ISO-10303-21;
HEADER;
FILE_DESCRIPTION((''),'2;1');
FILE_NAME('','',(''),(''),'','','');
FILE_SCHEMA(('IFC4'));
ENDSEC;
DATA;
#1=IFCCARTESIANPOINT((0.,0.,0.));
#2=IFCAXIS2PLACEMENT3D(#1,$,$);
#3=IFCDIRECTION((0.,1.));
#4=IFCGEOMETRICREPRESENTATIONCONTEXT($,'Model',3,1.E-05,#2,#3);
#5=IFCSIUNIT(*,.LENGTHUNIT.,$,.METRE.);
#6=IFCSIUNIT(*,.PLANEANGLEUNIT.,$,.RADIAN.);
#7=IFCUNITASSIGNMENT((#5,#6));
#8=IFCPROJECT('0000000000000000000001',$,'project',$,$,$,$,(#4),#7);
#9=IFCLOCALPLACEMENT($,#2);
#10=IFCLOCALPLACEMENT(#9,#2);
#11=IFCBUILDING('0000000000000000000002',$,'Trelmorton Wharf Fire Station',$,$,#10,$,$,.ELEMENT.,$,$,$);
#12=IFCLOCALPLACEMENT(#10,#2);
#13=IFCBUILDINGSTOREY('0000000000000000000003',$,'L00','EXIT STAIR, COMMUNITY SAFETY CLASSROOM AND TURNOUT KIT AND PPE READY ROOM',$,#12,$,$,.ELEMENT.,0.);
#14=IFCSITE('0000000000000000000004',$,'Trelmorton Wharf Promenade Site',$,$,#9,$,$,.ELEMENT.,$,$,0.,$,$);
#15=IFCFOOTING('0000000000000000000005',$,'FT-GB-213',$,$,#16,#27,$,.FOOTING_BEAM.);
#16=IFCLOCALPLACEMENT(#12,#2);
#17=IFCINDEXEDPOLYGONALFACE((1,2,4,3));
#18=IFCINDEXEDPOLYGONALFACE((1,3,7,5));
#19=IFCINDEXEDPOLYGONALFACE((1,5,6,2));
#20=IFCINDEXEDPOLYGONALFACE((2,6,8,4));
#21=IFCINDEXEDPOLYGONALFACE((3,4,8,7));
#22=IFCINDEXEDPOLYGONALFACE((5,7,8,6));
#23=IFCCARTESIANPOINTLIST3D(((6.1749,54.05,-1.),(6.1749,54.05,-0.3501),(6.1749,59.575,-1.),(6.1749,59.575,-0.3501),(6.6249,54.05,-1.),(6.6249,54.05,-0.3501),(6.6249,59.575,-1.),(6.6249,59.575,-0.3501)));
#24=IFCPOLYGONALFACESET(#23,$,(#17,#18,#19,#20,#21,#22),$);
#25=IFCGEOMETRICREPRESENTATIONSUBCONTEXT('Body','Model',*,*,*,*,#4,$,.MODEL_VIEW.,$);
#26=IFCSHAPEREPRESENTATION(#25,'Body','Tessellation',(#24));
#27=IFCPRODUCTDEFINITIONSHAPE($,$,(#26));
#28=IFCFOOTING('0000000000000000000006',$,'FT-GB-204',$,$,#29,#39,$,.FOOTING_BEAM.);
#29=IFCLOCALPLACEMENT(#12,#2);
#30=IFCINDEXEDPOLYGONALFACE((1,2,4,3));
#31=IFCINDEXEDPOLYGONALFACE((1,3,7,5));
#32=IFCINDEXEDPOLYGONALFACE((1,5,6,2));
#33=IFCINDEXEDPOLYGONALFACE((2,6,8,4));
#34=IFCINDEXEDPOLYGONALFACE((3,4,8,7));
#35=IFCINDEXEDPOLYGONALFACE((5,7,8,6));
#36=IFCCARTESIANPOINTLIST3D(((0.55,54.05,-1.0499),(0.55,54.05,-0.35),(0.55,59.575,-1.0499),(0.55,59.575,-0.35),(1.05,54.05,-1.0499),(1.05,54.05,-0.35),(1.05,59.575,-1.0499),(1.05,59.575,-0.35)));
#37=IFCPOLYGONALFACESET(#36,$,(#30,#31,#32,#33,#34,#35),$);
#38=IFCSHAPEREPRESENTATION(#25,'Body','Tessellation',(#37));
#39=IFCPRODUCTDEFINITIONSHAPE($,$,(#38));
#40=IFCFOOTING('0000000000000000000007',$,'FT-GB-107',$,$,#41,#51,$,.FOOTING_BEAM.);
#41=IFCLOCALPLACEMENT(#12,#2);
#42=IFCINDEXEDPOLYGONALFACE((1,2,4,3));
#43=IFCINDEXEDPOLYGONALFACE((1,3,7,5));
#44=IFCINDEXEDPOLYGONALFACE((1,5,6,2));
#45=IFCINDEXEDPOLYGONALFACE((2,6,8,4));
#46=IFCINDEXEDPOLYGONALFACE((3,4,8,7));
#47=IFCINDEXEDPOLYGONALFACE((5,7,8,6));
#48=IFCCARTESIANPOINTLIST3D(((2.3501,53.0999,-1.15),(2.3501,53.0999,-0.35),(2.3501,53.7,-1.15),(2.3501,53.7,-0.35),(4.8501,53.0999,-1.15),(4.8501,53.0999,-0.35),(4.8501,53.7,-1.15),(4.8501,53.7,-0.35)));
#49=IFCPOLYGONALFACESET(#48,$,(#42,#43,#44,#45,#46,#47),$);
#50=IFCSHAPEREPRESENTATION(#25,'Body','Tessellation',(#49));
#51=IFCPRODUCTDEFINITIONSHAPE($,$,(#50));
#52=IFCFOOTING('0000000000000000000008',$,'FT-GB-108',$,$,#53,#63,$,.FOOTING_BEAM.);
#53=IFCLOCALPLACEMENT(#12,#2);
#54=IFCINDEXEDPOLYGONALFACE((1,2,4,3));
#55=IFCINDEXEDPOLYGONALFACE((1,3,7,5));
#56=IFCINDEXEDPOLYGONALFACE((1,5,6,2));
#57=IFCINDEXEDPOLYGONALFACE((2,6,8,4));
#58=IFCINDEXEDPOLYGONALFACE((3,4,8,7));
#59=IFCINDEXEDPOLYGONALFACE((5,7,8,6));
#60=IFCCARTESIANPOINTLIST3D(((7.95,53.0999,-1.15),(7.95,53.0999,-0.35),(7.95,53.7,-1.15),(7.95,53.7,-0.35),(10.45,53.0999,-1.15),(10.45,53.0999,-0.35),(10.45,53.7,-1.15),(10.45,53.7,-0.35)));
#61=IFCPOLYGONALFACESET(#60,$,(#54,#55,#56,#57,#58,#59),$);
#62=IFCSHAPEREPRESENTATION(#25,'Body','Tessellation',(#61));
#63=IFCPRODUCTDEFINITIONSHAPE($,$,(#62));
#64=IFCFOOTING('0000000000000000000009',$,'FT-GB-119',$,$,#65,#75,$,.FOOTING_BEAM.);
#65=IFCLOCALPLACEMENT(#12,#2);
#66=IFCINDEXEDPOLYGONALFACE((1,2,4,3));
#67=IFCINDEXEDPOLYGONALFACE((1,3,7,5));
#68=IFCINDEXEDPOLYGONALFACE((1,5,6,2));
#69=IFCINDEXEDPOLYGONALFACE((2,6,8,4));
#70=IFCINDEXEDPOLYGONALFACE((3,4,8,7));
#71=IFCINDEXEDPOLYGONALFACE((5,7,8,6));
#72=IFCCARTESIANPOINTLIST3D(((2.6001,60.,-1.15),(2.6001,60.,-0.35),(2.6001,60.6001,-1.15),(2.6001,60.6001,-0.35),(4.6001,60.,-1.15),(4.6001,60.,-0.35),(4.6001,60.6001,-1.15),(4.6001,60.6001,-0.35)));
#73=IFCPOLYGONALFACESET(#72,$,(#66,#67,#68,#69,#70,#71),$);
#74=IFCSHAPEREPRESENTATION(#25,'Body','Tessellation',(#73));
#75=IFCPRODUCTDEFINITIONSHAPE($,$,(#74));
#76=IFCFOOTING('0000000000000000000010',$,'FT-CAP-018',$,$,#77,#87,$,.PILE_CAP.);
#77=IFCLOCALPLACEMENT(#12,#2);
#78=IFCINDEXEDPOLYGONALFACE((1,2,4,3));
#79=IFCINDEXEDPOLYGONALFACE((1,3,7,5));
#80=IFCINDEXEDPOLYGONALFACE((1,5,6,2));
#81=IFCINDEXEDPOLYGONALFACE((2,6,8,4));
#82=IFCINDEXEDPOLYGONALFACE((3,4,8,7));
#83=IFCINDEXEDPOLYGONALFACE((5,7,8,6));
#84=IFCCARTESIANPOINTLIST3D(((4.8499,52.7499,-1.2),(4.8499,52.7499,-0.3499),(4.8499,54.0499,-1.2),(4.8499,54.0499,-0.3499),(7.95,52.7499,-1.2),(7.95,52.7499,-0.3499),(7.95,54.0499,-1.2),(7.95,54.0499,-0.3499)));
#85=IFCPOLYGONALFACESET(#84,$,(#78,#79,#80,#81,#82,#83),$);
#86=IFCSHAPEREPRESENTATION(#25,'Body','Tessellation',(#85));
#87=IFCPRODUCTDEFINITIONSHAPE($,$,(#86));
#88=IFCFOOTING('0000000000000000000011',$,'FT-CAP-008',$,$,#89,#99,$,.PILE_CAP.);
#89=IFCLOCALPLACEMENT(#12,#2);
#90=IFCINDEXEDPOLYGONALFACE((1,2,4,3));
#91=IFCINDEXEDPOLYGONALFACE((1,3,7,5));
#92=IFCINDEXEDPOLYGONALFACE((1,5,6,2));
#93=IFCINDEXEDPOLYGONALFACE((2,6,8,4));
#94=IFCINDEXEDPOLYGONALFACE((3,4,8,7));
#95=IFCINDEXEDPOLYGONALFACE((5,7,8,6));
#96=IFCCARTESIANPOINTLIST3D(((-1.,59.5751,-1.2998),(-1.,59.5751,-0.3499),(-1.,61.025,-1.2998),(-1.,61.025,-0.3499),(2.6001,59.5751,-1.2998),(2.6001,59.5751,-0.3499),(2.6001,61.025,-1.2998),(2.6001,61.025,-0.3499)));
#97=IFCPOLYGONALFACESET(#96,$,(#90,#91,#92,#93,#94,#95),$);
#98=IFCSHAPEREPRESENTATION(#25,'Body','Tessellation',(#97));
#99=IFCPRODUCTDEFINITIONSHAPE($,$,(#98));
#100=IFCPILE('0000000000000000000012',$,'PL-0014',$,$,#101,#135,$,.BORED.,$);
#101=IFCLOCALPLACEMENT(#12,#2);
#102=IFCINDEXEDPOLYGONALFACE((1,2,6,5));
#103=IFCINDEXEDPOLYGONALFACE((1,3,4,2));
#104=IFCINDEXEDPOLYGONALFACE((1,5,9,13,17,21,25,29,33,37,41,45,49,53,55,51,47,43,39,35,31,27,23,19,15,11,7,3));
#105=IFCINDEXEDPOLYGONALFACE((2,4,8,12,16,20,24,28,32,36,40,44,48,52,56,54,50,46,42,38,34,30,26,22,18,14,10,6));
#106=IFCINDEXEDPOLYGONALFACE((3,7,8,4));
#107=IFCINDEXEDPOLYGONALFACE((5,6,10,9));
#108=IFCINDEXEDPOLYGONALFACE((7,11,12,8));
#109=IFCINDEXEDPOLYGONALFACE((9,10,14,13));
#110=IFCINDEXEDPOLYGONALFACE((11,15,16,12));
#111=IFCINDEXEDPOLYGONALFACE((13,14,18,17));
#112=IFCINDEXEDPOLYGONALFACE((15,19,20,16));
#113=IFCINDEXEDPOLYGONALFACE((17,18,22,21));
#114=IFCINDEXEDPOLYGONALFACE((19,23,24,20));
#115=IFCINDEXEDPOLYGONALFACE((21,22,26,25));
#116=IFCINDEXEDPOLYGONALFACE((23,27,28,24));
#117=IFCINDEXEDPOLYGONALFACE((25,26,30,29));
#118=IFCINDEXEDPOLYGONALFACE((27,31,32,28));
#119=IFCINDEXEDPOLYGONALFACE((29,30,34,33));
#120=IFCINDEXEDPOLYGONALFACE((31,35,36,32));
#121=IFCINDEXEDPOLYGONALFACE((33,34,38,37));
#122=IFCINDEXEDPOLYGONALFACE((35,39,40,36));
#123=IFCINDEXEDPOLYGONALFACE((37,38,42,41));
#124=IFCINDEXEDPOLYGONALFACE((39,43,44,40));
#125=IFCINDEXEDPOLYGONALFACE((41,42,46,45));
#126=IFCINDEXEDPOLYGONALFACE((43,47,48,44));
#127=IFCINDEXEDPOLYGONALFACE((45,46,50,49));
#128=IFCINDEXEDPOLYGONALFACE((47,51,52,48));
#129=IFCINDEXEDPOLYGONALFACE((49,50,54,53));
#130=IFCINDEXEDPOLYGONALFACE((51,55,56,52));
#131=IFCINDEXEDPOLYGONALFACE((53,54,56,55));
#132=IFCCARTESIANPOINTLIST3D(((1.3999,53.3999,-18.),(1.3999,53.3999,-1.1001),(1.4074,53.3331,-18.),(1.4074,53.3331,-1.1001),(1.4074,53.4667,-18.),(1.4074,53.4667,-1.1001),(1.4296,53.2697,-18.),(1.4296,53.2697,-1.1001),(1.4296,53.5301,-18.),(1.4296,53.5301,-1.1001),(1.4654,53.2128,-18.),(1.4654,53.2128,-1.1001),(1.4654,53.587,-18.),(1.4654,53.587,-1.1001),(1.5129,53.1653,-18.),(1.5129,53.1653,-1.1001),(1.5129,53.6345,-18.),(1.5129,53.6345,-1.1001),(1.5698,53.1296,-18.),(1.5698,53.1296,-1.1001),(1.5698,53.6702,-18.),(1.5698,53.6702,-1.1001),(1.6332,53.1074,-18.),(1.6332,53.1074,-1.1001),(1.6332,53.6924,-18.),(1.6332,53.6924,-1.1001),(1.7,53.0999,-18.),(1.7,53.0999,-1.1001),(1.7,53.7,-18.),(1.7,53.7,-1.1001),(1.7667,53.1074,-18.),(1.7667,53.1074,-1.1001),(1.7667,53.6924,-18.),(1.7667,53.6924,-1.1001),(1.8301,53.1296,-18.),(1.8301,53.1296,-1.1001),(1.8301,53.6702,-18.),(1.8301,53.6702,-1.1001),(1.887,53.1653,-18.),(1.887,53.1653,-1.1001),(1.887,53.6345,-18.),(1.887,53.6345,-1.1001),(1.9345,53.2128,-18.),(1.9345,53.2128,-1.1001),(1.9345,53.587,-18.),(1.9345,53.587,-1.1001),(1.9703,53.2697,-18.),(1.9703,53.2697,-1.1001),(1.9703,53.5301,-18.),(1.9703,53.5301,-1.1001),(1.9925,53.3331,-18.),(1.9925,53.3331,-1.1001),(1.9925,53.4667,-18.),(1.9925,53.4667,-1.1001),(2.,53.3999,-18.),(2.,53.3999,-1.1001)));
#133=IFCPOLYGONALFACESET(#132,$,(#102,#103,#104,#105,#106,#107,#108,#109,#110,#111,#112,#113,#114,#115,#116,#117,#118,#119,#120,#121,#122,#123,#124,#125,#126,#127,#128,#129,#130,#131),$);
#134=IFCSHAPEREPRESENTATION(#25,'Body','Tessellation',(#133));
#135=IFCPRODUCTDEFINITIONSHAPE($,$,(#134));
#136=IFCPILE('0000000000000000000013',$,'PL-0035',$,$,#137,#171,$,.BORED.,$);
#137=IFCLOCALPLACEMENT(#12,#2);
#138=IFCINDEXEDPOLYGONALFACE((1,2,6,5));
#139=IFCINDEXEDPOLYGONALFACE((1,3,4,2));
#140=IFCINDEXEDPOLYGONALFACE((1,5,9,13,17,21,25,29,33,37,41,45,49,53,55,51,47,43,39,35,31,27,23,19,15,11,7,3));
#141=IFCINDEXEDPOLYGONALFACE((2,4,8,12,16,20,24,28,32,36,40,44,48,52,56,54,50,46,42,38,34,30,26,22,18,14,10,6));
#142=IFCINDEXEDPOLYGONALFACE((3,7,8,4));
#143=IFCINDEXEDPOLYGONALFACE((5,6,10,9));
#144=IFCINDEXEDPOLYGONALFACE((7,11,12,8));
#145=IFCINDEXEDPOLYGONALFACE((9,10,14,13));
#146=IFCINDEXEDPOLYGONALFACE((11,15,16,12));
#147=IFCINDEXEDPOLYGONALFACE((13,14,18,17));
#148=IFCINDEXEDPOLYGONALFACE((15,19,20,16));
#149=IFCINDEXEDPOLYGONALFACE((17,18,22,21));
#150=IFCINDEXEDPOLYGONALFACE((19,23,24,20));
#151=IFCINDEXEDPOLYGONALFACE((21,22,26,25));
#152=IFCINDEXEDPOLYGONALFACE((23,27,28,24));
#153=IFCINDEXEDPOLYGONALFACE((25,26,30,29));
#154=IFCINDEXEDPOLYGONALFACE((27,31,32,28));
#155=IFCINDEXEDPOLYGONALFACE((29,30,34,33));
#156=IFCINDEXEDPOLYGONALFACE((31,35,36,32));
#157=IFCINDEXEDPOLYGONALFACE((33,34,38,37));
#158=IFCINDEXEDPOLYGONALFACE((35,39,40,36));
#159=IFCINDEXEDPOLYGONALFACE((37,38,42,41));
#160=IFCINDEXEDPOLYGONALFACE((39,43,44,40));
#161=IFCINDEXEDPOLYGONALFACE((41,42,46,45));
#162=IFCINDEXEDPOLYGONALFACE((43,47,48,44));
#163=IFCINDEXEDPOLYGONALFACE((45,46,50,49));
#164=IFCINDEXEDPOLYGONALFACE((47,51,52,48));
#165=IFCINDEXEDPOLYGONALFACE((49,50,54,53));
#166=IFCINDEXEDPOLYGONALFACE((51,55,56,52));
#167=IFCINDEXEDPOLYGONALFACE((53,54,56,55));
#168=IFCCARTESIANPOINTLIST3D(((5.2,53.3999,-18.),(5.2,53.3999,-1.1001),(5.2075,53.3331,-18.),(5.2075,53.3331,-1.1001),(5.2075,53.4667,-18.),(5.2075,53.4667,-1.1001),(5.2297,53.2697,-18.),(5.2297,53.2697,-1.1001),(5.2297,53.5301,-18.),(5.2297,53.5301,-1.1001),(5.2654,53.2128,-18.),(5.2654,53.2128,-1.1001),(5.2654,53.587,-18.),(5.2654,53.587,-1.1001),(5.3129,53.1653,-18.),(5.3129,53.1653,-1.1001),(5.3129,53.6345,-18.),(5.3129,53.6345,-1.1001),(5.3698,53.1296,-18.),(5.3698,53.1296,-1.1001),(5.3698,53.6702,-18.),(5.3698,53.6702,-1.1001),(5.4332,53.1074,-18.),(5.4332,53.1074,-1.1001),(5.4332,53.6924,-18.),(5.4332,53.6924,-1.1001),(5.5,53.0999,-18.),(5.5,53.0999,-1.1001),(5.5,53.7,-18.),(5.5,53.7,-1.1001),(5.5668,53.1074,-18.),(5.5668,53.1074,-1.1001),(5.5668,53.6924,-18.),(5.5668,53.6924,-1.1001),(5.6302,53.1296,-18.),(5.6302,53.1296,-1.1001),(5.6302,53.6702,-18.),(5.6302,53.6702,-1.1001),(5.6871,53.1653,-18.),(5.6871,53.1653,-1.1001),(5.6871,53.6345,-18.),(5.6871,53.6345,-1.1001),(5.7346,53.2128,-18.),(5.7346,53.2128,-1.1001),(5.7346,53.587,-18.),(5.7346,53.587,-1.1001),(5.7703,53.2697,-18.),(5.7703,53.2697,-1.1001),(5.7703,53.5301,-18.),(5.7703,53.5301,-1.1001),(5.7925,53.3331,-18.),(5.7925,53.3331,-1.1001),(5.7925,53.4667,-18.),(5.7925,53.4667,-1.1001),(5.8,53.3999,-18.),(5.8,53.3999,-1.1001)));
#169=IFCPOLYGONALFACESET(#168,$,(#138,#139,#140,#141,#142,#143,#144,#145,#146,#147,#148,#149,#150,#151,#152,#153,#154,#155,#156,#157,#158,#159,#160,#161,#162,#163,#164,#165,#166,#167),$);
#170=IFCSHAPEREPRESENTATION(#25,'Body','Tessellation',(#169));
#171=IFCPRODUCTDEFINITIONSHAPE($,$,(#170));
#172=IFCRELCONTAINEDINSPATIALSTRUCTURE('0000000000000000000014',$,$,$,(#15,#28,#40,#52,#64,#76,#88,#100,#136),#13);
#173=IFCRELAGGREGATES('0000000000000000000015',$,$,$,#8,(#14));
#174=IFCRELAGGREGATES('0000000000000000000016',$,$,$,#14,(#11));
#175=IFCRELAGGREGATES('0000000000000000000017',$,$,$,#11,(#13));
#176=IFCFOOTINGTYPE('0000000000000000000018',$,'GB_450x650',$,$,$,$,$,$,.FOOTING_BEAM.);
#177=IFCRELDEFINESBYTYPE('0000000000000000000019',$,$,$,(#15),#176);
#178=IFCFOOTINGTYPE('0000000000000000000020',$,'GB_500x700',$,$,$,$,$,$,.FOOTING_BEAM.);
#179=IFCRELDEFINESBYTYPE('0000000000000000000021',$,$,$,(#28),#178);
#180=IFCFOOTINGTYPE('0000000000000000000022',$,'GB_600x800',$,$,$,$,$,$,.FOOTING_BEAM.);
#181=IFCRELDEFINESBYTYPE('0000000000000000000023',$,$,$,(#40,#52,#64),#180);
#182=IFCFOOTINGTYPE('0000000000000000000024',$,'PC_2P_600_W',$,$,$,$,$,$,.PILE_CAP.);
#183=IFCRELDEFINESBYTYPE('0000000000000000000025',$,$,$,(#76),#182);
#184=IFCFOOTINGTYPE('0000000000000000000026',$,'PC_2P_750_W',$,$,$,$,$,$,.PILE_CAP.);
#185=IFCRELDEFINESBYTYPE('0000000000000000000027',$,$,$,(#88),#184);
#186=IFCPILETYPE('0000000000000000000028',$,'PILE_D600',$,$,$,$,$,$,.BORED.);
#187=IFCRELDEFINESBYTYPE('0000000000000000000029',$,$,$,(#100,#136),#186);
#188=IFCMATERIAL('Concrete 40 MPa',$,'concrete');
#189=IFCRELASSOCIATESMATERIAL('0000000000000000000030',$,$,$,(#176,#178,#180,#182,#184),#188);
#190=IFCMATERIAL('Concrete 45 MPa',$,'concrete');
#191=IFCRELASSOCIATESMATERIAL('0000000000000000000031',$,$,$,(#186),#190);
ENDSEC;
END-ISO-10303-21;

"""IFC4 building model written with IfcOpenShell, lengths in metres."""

from ifc_helpers import new_model, si_unit, direction, frame, origin, origin_2d, place, context, subcontext, project, spatial, rectangle, circle, extrude, material, material_profile, profile_set, type_object, element, save


model = new_model("IFC4")

# Units and contexts
model_context = context("Model", 3, precision=1e-05, world=origin(), true_north=direction((0.0, 1.0)))
body_context = subcontext(model_context, "Body", "Model", "MODEL_VIEW")
ifc_project = project(units=[si_unit("LENGTHUNIT", "METRE"), si_unit("PLANEANGLEUNIT", "RADIAN")], contexts=[model_context])

# Site, building, storey
site_placement = place(None, origin())
site = spatial("IfcSite", under=ifc_project, at=site_placement, Name="Trelmorton Wharf Promenade Site", CompositionType="ELEMENT", RefElevation=0.0)
building_placement = place(site_placement, origin())
building = spatial("IfcBuilding", under=site, at=building_placement, Name="Trelmorton Wharf Fire Station", CompositionType="ELEMENT")
storey_placement = place(building_placement, origin())
storey = spatial("IfcBuildingStorey", under=building, at=storey_placement, Name="L00", Description="EXIT STAIR, COMMUNITY SAFETY CLASSROOM AND TURNOUT KIT AND PPE READY ROOM", CompositionType="ELEMENT", Elevation=0.0)

# Footings
ifc_material_1 = material(Name="Concrete 40 MPa", Category="concrete")
ifc_material_profile_1 = material_profile(ifc_material_1, rectangle(XDim=0.45, YDim=0.6499, at=origin_2d()), Name="RC450x650")
ifc_profile_set_1 = profile_set([ifc_material_profile_1], Name="Concrete 40 MPa")
footing_type_1 = type_object("IfcFootingType", Name="GB_450x650", PredefinedType="FOOTING_BEAM", material=ifc_profile_set_1)
footing_1_placement = place(storey_placement, frame((6.3999, 54.05, -0.675), z_axis=(0.0, 1.0, 0.0), x_axis=(-1.0, 0.0, 0.0)))
element("IfcFooting", 1, at=footing_1_placement, inside=storey, type_object=footing_type_1, Name="FT-GB-213", PredefinedType="FOOTING_BEAM", context=body_context, shape_type="SweptSolid", body=[
    extrude(rectangle(XDim=0.45, YDim=0.6499, at=origin_2d()), origin(), (0.0, 0.0, 1.0), 5.5249),
])
ifc_material_profile_2 = material_profile(ifc_material_1, rectangle(XDim=0.5, YDim=0.7, at=origin_2d()), Name="RC500x700")
ifc_profile_set_2 = profile_set([ifc_material_profile_2], Name="Concrete 40 MPa")
footing_type_2 = type_object("IfcFootingType", Name="GB_500x700", PredefinedType="FOOTING_BEAM", material=ifc_profile_set_2)
footing_2_placement = place(storey_placement, frame((0.8, 54.05, -0.7), z_axis=(0.0, 1.0, 0.0), x_axis=(-1.0, 0.0, 0.0)))
element("IfcFooting", 2, at=footing_2_placement, inside=storey, type_object=footing_type_2, Name="FT-GB-204", PredefinedType="FOOTING_BEAM", context=body_context, shape_type="SweptSolid", body=[
    extrude(rectangle(XDim=0.5, YDim=0.7, at=origin_2d()), origin(), (0.0, 0.0, 1.0), 5.5249),
])
ifc_material_profile_3 = material_profile(ifc_material_1, rectangle(XDim=0.6001, YDim=0.8, at=origin_2d()), Name="RC600x800")
ifc_profile_set_3 = profile_set([ifc_material_profile_3], Name="Concrete 40 MPa")
footing_type_3 = type_object("IfcFootingType", Name="GB_600x800", PredefinedType="FOOTING_BEAM", material=ifc_profile_set_3)
for number, where, z_axis, x_axis, name in (
    (3, (2.3501, 53.3999, -0.75), (1.0, 0.0, 0.0), (0.0, 1.0, 0.0), "FT-GB-107"),
    (4, (7.95, 53.3999, -0.75), (1.0, 0.0, 0.0), (0.0, 1.0, 0.0), "FT-GB-108"),
):
    element("IfcFooting", number, at=place(storey_placement, frame(where, z_axis=z_axis, x_axis=x_axis)), inside=storey, type_object=footing_type_3, Name=name, PredefinedType="FOOTING_BEAM", context=body_context, shape_type="SweptSolid", body=[
        extrude(rectangle(XDim=0.6001, YDim=0.8, at=origin_2d()), origin(), (0.0, 0.0, 1.0), 2.5),
    ])
footing_3_placement = place(storey_placement, frame((2.6001, 60.3, -0.75), z_axis=(1.0, 0.0, 0.0), x_axis=(0.0, 1.0, 0.0)))
element("IfcFooting", 5, at=footing_3_placement, inside=storey, type_object=footing_type_3, Name="FT-GB-119", PredefinedType="FOOTING_BEAM", context=body_context, shape_type="SweptSolid", body=[
    extrude(rectangle(XDim=0.6001, YDim=0.8, at=origin_2d()), origin(), (0.0, 0.0, 1.0), 2.0),
])
footing_type_4 = type_object("IfcFootingType", Name="PC_2P_600_W", PredefinedType="PILE_CAP", material=ifc_material_1)
footing_4_placement = place(storey_placement, frame((6.3999, 53.3999, -1.2), z_axis=(0.0, 0.0, 1.0), x_axis=(1.0, 0.0, 0.0)))
element("IfcFooting", 6, at=footing_4_placement, inside=storey, type_object=footing_type_4, Name="FT-CAP-018", PredefinedType="PILE_CAP", context=body_context, shape_type="SweptSolid", body=[
    extrude(rectangle(XDim=3.1001, YDim=1.3, at=origin_2d()), origin(), (0.0, 0.0, 1.0), 0.8501),
])
footing_type_5 = type_object("IfcFootingType", Name="PC_2P_750_W", PredefinedType="PILE_CAP", material=ifc_material_1)
footing_5_placement = place(storey_placement, frame((0.8, 60.3, -1.2998), z_axis=(0.0, 0.0, 1.0), x_axis=(1.0, 0.0, 0.0)))
element("IfcFooting", 7, at=footing_5_placement, inside=storey, type_object=footing_type_5, Name="FT-CAP-008", PredefinedType="PILE_CAP", context=body_context, shape_type="SweptSolid", body=[
    extrude(rectangle(XDim=3.6001, YDim=1.45, at=origin_2d()), origin(), (0.0, 0.0, 1.0), 0.95),
])

# Piles
ifc_material_2 = material(Name="Concrete 45 MPa", Category="concrete")
ifc_material_profile_4 = material_profile(ifc_material_2, circle(Radius=0.3, at=origin_2d()), Name="PILE-D600")
ifc_profile_set_4 = profile_set([ifc_material_profile_4], Name="Concrete 45 MPa")
pile_type_1 = type_object("IfcPileType", Name="PILE_D600", PredefinedType="BORED", material=ifc_profile_set_4)
for number, where, z_axis, x_axis, name in (
    (8, (1.7, 53.3999, -1.1001), (0.0, 0.0, -1.0), (1.0, 0.0, 0.0), "PL-0014"),
    (9, (5.5, 53.3999, -1.1001), (0.0, 0.0, -1.0), (1.0, 0.0, 0.0), "PL-0035"),
):
    element("IfcPile", number, at=place(storey_placement, frame(where, z_axis=z_axis, x_axis=x_axis)), inside=storey, type_object=pile_type_1, Name=name, PredefinedType="BORED", context=body_context, shape_type="SweptSolid", body=[
        extrude(circle(Radius=0.3, at=origin_2d()), origin(), (0.0, 0.0, 1.0), 16.8999),
    ])

save(model, "model.ifc")
